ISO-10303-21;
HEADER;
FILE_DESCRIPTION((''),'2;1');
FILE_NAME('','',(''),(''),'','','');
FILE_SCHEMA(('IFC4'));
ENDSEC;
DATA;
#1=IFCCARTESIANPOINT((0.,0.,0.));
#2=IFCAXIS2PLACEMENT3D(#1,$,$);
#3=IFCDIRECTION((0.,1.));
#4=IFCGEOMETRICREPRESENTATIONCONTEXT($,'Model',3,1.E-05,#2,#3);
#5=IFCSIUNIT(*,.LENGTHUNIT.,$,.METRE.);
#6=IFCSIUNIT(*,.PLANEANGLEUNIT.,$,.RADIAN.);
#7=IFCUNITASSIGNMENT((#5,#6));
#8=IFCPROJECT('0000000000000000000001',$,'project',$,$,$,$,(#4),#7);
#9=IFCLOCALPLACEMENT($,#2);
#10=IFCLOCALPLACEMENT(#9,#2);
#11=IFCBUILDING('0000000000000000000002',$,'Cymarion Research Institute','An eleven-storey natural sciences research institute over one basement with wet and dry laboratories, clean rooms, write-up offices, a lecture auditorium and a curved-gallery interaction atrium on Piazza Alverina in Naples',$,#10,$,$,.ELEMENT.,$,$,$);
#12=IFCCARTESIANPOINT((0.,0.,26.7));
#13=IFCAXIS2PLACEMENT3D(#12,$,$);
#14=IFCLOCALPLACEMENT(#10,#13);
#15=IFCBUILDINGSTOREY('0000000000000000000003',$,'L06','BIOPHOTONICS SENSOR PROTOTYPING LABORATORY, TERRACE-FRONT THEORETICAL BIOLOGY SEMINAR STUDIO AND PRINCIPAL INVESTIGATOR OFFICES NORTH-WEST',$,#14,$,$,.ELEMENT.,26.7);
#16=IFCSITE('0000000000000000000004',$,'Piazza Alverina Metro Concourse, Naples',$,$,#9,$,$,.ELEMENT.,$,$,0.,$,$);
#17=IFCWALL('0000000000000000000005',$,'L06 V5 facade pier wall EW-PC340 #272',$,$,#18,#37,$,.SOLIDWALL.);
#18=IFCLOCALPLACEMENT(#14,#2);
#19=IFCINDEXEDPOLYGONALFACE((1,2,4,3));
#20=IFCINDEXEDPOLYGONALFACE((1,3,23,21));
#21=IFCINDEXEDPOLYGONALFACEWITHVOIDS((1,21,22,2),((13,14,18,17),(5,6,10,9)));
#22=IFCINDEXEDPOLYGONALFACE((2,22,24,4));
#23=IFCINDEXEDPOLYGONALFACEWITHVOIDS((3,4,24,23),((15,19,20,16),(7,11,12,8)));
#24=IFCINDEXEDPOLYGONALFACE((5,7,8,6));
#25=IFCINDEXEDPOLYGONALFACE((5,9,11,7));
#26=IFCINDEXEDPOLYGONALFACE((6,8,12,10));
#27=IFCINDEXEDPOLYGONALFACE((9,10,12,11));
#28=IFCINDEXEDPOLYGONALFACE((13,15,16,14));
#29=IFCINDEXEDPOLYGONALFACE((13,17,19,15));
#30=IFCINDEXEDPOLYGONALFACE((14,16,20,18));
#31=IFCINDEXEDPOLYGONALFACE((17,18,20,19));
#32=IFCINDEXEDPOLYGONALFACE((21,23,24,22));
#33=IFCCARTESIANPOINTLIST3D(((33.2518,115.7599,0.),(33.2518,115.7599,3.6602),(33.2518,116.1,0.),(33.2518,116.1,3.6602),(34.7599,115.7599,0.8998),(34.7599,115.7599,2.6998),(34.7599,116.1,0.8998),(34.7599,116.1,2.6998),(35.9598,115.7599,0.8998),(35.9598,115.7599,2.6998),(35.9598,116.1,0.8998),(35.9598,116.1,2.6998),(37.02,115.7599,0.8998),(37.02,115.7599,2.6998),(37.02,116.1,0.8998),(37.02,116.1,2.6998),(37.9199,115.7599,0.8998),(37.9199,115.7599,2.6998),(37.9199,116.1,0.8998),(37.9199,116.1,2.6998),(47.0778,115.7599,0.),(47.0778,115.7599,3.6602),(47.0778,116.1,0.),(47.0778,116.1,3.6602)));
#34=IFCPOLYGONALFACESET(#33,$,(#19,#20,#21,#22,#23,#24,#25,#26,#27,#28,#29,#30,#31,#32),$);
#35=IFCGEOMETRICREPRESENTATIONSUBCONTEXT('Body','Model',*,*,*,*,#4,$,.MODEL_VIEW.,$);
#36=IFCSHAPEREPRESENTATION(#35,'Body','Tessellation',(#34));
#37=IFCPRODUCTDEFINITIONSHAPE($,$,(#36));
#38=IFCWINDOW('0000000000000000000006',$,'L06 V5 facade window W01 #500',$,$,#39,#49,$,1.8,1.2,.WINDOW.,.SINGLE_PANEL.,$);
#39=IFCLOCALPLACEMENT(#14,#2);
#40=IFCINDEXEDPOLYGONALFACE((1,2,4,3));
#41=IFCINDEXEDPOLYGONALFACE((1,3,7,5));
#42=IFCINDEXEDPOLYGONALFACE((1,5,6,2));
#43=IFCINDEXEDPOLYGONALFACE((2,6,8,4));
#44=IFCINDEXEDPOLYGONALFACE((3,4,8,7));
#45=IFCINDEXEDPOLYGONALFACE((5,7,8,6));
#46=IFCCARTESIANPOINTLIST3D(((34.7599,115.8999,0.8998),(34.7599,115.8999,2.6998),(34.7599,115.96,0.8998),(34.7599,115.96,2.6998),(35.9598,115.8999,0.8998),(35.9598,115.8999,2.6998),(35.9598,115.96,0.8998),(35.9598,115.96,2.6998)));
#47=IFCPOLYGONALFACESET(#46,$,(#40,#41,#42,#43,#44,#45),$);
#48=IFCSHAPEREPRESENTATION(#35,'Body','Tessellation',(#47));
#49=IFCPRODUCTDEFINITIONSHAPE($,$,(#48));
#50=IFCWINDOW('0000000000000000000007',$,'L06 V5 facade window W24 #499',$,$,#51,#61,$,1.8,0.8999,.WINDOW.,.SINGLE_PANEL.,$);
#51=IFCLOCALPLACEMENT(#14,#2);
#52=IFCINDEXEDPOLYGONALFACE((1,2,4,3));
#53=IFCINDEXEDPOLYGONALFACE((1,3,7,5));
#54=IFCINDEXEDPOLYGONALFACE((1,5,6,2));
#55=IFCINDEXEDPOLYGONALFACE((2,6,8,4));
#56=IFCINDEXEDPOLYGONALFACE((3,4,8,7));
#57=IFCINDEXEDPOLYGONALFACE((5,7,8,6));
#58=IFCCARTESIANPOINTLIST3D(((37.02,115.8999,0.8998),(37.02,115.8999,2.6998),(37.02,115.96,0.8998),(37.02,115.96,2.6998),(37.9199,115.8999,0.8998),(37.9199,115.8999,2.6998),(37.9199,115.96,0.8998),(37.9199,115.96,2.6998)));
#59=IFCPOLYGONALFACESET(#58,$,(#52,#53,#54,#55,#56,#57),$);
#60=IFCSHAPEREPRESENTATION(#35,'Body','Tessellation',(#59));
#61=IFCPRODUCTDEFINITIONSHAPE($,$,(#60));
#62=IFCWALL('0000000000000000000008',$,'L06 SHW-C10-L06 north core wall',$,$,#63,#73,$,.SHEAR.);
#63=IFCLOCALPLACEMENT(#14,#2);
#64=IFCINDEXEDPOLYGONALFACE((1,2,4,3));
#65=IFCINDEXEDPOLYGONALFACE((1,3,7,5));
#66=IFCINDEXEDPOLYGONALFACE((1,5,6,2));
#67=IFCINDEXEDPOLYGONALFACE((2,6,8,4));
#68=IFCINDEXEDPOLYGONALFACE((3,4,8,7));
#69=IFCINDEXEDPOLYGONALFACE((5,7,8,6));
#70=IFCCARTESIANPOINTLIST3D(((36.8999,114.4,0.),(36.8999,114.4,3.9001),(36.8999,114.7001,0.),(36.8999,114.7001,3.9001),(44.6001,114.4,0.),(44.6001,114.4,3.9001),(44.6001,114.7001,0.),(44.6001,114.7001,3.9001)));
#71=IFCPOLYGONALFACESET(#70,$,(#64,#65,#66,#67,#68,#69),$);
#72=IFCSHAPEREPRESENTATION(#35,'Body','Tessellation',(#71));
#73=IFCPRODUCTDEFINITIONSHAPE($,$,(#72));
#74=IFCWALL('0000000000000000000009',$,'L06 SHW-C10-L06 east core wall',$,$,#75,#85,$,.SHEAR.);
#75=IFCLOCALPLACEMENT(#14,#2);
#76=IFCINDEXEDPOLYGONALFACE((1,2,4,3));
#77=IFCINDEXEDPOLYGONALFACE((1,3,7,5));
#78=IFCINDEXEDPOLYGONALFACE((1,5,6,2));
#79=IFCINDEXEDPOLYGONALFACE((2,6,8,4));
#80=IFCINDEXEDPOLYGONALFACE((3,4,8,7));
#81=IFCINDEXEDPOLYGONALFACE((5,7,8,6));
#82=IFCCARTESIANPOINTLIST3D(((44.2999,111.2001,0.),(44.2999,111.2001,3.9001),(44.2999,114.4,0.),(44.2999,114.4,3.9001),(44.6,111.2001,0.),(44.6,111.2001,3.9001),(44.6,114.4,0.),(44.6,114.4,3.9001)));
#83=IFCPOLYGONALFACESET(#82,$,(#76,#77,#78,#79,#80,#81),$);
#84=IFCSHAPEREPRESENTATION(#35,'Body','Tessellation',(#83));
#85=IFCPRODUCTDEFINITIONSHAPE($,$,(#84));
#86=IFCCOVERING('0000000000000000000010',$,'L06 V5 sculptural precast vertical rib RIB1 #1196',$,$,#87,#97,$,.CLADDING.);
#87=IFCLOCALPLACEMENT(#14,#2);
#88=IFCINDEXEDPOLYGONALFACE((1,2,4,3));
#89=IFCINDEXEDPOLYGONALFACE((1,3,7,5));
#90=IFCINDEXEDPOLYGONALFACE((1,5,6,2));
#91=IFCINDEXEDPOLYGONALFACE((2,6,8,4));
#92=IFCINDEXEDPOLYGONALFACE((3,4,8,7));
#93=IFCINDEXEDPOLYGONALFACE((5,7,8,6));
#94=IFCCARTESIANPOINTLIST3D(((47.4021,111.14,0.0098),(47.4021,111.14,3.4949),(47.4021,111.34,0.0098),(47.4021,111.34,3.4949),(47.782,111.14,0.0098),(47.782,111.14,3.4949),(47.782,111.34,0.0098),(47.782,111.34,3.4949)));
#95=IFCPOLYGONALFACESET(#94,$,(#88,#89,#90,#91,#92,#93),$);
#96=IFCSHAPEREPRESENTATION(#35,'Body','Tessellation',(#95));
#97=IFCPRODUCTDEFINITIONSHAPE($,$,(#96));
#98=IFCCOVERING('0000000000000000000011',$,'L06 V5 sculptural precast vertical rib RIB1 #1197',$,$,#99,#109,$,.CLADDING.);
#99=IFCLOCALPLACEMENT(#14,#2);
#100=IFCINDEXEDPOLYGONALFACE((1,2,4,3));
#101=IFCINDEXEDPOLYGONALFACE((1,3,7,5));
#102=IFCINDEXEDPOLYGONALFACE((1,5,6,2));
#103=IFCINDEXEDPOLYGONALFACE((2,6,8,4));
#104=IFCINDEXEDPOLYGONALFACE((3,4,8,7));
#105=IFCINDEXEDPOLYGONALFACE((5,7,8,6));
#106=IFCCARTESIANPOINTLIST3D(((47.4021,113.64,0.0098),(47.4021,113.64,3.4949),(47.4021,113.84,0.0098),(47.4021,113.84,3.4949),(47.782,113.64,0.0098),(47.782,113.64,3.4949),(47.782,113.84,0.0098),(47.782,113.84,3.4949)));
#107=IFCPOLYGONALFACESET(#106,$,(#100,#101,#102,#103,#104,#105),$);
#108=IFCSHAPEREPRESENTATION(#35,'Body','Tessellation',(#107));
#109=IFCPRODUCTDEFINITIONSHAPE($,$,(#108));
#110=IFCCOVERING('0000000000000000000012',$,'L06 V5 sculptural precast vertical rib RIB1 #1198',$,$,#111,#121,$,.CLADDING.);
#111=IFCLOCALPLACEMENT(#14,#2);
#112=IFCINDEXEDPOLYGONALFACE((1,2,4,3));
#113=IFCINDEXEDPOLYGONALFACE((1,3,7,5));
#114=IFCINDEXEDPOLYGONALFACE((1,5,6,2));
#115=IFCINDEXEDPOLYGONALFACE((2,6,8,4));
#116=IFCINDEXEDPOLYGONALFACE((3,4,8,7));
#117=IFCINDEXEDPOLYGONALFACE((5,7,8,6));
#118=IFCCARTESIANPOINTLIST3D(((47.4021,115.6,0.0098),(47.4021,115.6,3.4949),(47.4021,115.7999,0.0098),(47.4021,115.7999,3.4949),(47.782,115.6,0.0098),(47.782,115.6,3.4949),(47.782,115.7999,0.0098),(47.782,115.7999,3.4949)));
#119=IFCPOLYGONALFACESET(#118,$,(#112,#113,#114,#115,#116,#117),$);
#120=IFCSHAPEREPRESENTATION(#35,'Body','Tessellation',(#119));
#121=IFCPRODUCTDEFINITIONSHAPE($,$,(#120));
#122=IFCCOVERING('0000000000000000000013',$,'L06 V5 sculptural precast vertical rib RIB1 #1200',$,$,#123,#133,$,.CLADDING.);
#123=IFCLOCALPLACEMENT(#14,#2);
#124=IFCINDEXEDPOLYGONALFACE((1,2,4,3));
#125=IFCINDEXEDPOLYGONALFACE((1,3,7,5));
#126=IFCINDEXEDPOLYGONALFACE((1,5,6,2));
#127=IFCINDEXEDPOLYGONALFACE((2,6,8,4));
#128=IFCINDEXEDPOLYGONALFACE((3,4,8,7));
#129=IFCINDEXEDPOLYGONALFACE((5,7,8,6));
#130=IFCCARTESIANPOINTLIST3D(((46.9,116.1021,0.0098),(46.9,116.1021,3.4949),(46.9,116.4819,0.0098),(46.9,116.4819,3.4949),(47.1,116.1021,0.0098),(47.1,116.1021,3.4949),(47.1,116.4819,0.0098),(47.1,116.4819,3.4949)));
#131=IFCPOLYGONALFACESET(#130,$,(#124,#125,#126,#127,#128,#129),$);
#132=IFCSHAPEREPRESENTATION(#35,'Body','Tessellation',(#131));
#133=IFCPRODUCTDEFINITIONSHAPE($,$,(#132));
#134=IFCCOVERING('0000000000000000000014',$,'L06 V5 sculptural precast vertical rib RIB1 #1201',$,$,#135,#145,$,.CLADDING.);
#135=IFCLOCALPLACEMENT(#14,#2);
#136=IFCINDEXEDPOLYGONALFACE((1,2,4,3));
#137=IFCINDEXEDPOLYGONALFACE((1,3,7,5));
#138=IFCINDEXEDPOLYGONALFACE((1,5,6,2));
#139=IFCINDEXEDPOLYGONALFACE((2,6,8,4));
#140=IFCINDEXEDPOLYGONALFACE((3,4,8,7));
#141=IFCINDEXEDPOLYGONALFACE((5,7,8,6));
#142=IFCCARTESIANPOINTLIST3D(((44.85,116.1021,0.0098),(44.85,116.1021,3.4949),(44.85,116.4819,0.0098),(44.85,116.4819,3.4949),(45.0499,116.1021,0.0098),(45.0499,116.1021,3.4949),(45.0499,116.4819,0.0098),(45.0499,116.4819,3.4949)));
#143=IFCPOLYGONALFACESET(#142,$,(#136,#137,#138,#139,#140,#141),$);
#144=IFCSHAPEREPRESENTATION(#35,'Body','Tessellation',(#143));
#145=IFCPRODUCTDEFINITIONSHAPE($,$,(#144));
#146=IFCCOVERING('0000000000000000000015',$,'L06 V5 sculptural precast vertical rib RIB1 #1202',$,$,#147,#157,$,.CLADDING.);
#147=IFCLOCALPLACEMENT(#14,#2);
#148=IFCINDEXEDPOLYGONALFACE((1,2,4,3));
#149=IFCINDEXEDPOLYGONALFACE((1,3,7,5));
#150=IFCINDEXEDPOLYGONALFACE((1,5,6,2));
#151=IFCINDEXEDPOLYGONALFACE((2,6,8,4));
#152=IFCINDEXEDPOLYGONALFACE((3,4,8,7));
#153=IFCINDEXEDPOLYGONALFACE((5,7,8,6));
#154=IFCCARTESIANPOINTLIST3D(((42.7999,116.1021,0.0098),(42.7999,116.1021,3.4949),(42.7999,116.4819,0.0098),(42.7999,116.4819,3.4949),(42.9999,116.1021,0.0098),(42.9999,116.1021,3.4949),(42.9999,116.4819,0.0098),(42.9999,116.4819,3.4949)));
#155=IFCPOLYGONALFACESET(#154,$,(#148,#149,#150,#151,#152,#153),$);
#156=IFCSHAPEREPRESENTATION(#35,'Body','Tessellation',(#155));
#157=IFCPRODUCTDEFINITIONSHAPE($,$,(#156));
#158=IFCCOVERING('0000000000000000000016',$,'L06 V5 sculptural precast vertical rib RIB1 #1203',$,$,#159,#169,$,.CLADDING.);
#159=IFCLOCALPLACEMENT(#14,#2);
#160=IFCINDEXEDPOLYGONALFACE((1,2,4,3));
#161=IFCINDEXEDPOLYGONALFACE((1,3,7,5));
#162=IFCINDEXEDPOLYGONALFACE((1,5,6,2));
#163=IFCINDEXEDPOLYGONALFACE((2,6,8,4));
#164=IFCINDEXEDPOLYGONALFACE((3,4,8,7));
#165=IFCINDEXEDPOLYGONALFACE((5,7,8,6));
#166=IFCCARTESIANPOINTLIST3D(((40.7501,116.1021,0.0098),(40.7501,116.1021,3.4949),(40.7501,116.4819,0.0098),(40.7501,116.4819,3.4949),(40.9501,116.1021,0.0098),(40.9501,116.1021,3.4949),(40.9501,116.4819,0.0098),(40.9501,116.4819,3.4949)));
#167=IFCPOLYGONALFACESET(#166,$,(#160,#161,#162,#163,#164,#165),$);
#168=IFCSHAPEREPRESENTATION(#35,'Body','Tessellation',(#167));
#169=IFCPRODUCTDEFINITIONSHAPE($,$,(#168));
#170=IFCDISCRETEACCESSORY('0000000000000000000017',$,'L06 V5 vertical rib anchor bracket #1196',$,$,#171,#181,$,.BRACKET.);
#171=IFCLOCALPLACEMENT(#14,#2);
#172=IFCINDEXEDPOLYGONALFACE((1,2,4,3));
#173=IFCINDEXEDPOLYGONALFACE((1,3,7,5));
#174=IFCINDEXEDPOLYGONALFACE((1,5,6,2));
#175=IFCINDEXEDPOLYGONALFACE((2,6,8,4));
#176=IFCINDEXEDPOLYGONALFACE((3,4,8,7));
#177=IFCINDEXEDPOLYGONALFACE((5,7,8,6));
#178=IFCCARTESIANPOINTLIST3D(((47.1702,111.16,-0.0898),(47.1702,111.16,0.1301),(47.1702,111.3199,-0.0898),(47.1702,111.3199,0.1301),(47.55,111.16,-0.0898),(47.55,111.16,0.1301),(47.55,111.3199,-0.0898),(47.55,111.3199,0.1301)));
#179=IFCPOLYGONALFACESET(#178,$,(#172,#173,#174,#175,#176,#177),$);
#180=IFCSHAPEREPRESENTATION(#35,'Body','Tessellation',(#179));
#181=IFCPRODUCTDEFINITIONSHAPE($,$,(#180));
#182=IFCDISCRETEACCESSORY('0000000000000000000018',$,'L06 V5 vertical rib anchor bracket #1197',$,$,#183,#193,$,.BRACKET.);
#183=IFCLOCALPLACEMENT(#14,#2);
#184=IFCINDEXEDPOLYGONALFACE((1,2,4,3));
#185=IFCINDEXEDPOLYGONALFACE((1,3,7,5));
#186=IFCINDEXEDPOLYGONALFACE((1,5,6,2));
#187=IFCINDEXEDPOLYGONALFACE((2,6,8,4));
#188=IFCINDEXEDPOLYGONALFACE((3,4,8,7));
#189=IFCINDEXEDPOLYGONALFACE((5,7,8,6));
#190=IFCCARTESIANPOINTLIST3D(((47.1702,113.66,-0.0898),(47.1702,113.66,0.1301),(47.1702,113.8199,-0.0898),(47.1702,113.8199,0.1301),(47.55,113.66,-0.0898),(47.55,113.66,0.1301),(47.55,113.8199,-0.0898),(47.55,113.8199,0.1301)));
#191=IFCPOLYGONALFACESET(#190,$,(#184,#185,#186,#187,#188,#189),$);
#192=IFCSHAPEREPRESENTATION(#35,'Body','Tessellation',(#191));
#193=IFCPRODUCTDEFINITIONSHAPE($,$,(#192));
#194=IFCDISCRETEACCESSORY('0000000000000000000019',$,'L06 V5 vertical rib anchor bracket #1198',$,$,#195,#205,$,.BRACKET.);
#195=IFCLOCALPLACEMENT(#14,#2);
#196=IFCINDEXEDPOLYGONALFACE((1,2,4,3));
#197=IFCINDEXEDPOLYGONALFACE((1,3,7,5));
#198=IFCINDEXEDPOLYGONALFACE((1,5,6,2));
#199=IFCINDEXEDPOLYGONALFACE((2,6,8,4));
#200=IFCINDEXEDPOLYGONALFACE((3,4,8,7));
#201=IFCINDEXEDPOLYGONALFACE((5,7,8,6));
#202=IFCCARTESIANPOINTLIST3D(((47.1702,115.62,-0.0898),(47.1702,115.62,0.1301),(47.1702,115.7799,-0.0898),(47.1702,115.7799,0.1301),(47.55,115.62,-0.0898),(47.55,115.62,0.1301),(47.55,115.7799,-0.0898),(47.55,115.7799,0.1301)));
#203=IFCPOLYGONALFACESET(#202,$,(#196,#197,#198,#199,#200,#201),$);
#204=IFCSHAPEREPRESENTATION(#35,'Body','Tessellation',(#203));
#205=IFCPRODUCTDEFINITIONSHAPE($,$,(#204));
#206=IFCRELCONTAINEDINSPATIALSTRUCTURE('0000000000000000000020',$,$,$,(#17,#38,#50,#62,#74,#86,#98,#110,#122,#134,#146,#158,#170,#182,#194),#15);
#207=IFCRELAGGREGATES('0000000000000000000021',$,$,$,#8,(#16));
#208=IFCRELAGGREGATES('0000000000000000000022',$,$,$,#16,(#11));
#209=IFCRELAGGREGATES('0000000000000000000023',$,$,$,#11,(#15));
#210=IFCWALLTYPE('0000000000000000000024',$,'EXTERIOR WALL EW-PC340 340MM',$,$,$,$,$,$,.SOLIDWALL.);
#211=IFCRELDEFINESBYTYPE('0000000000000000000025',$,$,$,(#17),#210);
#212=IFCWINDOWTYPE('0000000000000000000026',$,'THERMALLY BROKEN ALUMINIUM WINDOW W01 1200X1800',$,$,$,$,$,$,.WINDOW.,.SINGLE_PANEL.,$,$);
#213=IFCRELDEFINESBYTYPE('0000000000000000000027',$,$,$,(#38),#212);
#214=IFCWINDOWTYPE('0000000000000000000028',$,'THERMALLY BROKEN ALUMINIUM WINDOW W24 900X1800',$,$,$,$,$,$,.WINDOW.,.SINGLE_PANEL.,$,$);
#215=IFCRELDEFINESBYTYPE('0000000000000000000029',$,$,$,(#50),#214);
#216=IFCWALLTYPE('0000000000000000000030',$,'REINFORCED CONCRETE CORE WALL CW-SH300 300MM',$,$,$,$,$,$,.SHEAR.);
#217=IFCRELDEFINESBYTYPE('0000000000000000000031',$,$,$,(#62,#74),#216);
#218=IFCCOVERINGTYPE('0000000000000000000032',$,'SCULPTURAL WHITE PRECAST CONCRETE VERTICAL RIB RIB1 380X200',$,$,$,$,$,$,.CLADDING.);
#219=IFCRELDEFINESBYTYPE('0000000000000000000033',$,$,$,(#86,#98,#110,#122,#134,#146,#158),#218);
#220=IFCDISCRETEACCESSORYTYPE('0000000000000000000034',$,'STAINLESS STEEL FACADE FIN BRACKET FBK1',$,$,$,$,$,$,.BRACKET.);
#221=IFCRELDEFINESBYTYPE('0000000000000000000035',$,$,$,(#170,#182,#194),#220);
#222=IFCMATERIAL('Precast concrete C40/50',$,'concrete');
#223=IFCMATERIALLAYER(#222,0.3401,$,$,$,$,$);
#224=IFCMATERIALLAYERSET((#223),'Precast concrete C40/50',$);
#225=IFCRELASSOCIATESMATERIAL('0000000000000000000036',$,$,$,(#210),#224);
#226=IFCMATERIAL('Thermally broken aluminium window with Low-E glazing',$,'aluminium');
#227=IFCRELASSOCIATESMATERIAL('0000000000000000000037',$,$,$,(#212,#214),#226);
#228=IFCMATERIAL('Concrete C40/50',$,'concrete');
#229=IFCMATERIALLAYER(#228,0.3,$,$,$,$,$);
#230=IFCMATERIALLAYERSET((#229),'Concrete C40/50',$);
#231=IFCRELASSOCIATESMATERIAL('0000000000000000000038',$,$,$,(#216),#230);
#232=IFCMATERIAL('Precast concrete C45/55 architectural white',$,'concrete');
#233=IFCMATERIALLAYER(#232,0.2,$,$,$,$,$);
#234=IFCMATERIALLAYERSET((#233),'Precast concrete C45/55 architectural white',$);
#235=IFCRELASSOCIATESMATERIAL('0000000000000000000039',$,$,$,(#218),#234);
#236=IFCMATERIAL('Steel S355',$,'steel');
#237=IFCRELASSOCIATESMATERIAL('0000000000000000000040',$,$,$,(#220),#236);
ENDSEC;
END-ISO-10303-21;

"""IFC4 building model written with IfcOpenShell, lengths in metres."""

from ifc_helpers import new_model, si_unit, direction, frame, frame_2d, origin, origin_2d, place, context, subcontext, project, spatial, rectangle, extrude, material, layer, layer_set, type_object, element, fill, save


model = new_model("IFC4")

# Units and contexts
model_context = context("Model", 3, precision=1e-05, world=origin(), true_north=direction((0.0, 1.0)))
body_context = subcontext(model_context, "Body", "Model", "MODEL_VIEW")
ifc_project = project(units=[si_unit("LENGTHUNIT", "METRE"), si_unit("PLANEANGLEUNIT", "RADIAN")], contexts=[model_context])

# Site, building, storey
site_placement = place(None, origin())
site = spatial("IfcSite", under=ifc_project, at=site_placement, Name="Piazza Alverina Metro Concourse, Naples", CompositionType="ELEMENT", RefElevation=0.0)
building_placement = place(site_placement, origin())
building = spatial("IfcBuilding", under=site, at=building_placement, Name="Cymarion Research Institute", Description="An eleven-storey natural sciences research institute over one basement with wet and dry laboratories, clean rooms, write-up offices, a lecture auditorium and a curved-gallery interaction atrium on Piazza Alverina in Naples", CompositionType="ELEMENT")
storey_placement = place(building_placement, frame((0.0, 0.0, 26.7)))
storey = spatial("IfcBuildingStorey", under=building, at=storey_placement, Name="L06", Description="BIOPHOTONICS SENSOR PROTOTYPING LABORATORY, TERRACE-FRONT THEORETICAL BIOLOGY SEMINAR STUDIO AND PRINCIPAL INVESTIGATOR OFFICES NORTH-WEST", CompositionType="ELEMENT", Elevation=26.7)

# Shared definitions
ifc_material_1 = material(Name="Steel S355", Category="steel")

# Wall, openings, windows
ifc_material_2 = material(Name="Precast concrete C40/50", Category="concrete")
ifc_layer_1 = layer(ifc_material_2, 0.3401)
ifc_layer_set_1 = layer_set([ifc_layer_1], Name="Precast concrete C40/50")
wall_type_1 = type_object("IfcWallType", Name="EXTERIOR WALL EW-PC340 340MM", PredefinedType="SOLIDWALL", material=ifc_layer_set_1)
wall_1_placement = place(storey_placement, frame((47.0779, 115.9299, 0.0), z_axis=(0.0, 0.0, 1.0), x_axis=(-1.0, 0.0, 0.0)))
wall_1 = element("IfcWall", 1, at=wall_1_placement, inside=storey, type_object=wall_type_1, Name="L06 V5 facade pier wall EW-PC340 #272", PredefinedType="SOLIDWALL", context=body_context, shape_type="SweptSolid", body=[
    extrude(rectangle(XDim=13.8259, YDim=0.3401, at=frame_2d((6.9131, 0.0))), origin(), (0.0, 0.0, 1.0), 3.6602),
])
opening_1_placement = place(wall_1_placement, frame((9.158, 0.0, 0.8999)))
opening_1 = element("IfcOpeningElement", 2, at=opening_1_placement, cuts=wall_1, PredefinedType="OPENING", context=body_context, shape_type="SweptSolid", body=[
    extrude(rectangle(XDim=0.8999, YDim=1.8, at=frame_2d((0.45, 0.8999))), frame((0.0, 0.1799, 0.0), z_axis=(0.0, -1.0, 0.0), x_axis=(1.0, 0.0, 0.0)), (0.0, 0.0, 1.0), 0.3601),
])
opening_2_placement = place(wall_1_placement, frame((11.1179, 0.0, 0.8999)))
opening_2 = element("IfcOpeningElement", 3, at=opening_2_placement, cuts=wall_1, PredefinedType="OPENING", context=body_context, shape_type="SweptSolid", body=[
    extrude(rectangle(XDim=1.2, YDim=1.8, at=frame_2d((0.6001, 0.8999))), frame((0.0, 0.1799, 0.0), z_axis=(0.0, -1.0, 0.0), x_axis=(1.0, 0.0, 0.0)), (0.0, 0.0, 1.0), 0.3601),
])
ifc_material_3 = material(Name="Thermally broken aluminium window with Low-E glazing", Category="aluminium")
window_type_1 = type_object("IfcWindowType", Name="THERMALLY BROKEN ALUMINIUM WINDOW W01 1200X1800", PartitioningType="SINGLE_PANEL", PredefinedType="WINDOW", material=ifc_material_3)
window_1_placement = place(opening_2_placement, origin())
window_1 = element("IfcWindow", 4, at=window_1_placement, inside=storey, type_object=window_type_1, Name="L06 V5 facade window W01 #500", OverallHeight=1.8, OverallWidth=1.2, PartitioningType="SINGLE_PANEL", PredefinedType="WINDOW", context=body_context, shape_type="SweptSolid", body=[
    extrude(rectangle(XDim=1.2, YDim=1.8, at=frame_2d((0.6001, 0.8999))), frame((0.0, 0.03, 0.0), z_axis=(0.0, -1.0, 0.0), x_axis=(1.0, 0.0, 0.0)), (0.0, 0.0, 1.0), 0.0601),
])
fill(opening_2, window_1)
window_type_2 = type_object("IfcWindowType", Name="THERMALLY BROKEN ALUMINIUM WINDOW W24 900X1800", PartitioningType="SINGLE_PANEL", PredefinedType="WINDOW", material=ifc_material_3)
window_2_placement = place(opening_1_placement, origin())
window_2 = element("IfcWindow", 5, at=window_2_placement, inside=storey, type_object=window_type_2, Name="L06 V5 facade window W24 #499", OverallHeight=1.8, OverallWidth=0.8999, PartitioningType="SINGLE_PANEL", PredefinedType="WINDOW", context=body_context, shape_type="SweptSolid", body=[
    extrude(rectangle(XDim=0.8999, YDim=1.8, at=frame_2d((0.45, 0.8999))), frame((0.0, 0.03, 0.0), z_axis=(0.0, -1.0, 0.0), x_axis=(1.0, 0.0, 0.0)), (0.0, 0.0, 1.0), 0.0601),
])
fill(opening_1, window_2)

# Walls
ifc_material_4 = material(Name="Concrete C40/50", Category="concrete")
ifc_layer_2 = layer(ifc_material_4, 0.3)
ifc_layer_set_2 = layer_set([ifc_layer_2], Name="Concrete C40/50")
wall_type_2 = type_object("IfcWallType", Name="REINFORCED CONCRETE CORE WALL CW-SH300 300MM", PredefinedType="SHEAR", material=ifc_layer_set_2)
wall_2_placement = place(storey_placement, frame((44.6001, 114.55, 0.0), z_axis=(0.0, 0.0, 1.0), x_axis=(-1.0, 0.0, 0.0)))
element("IfcWall", 6, at=wall_2_placement, inside=storey, type_object=wall_type_2, Name="L06 SHW-C10-L06 north core wall", PredefinedType="SHEAR", context=body_context, shape_type="SweptSolid", body=[
    extrude(rectangle(XDim=7.7002, YDim=0.3, at=frame_2d((3.8501, 0.0))), origin(), (0.0, 0.0, 1.0), 3.9001),
])
wall_3_placement = place(storey_placement, frame((44.45, 111.2, 0.0), z_axis=(0.0, 0.0, 1.0), x_axis=(0.0, 1.0, 0.0)))
element("IfcWall", 7, at=wall_3_placement, inside=storey, type_object=wall_type_2, Name="L06 SHW-C10-L06 east core wall", PredefinedType="SHEAR", context=body_context, shape_type="SweptSolid", body=[
    extrude(rectangle(XDim=3.2, YDim=0.3, at=frame_2d((1.6001, 0.0))), origin(), (0.0, 0.0, 1.0), 3.9001),
])

# Coverings
ifc_material_5 = material(Name="Precast concrete C45/55 architectural white", Category="concrete")
ifc_layer_3 = layer(ifc_material_5, 0.2)
ifc_layer_set_3 = layer_set([ifc_layer_3], Name="Precast concrete C45/55 architectural white")
covering_type = type_object("IfcCoveringType", Name="SCULPTURAL WHITE PRECAST CONCRETE VERTICAL RIB RIB1 380X200", PredefinedType="CLADDING", material=ifc_layer_set_3)
for number, where, z_axis, x_axis, name in (
    (8, (47.592, 111.24, 0.0098), (0.0, 0.0, 1.0), (1.0, 0.0, 0.0), "L06 V5 sculptural precast vertical rib RIB1 #1196"),
    (9, (47.592, 113.74, 0.0098), (0.0, 0.0, 1.0), (1.0, 0.0, 0.0), "L06 V5 sculptural precast vertical rib RIB1 #1197"),
    (10, (47.592, 115.7, 0.0098), (0.0, 0.0, 1.0), (1.0, 0.0, 0.0), "L06 V5 sculptural precast vertical rib RIB1 #1198"),
    (11, (47.0, 116.292, 0.0098), (0.0, 0.0, 1.0), (0.0, 1.0, 0.0), "L06 V5 sculptural precast vertical rib RIB1 #1200"),
    (12, (44.95, 116.292, 0.0098), (0.0, 0.0, 1.0), (0.0, 1.0, 0.0), "L06 V5 sculptural precast vertical rib RIB1 #1201"),
    (13, (42.8999, 116.292, 0.0098), (0.0, 0.0, 1.0), (0.0, 1.0, 0.0), "L06 V5 sculptural precast vertical rib RIB1 #1202"),
    (14, (40.8501, 116.292, 0.0098), (0.0, 0.0, 1.0), (0.0, 1.0, 0.0), "L06 V5 sculptural precast vertical rib RIB1 #1203"),
):
    element("IfcCovering", number, at=place(storey_placement, frame(where, z_axis=z_axis, x_axis=x_axis)), inside=storey, type_object=covering_type, Name=name, PredefinedType="CLADDING", context=body_context, shape_type="SweptSolid", body=[
        extrude(rectangle(XDim=0.3799, YDim=0.2, at=origin_2d()), origin(), (0.0, 0.0, 1.0), 3.4851),
    ])

# Discrete accessories
discrete_accessory_type = type_object("IfcDiscreteAccessoryType", Name="STAINLESS STEEL FACADE FIN BRACKET FBK1", PredefinedType="BRACKET", material=ifc_material_1)
for number, where, z_axis, x_axis, name in (
    (15, (47.3601, 111.24, -0.0898), (0.0, 0.0, 1.0), (1.0, 0.0, 0.0), "L06 V5 vertical rib anchor bracket #1196"),
    (16, (47.3601, 113.74, -0.0898), (0.0, 0.0, 1.0), (1.0, 0.0, 0.0), "L06 V5 vertical rib anchor bracket #1197"),
    (17, (47.3601, 115.7, -0.0898), (0.0, 0.0, 1.0), (1.0, 0.0, 0.0), "L06 V5 vertical rib anchor bracket #1198"),
):
    element("IfcDiscreteAccessory", number, at=place(storey_placement, frame(where, z_axis=z_axis, x_axis=x_axis)), inside=storey, type_object=discrete_accessory_type, Name=name, PredefinedType="BRACKET", context=body_context, shape_type="SweptSolid", body=[
        extrude(rectangle(XDim=0.3799, YDim=0.1599, at=origin_2d()), origin(), (0.0, 0.0, 1.0), 0.22),
    ])

save(model, "model.ifc")
